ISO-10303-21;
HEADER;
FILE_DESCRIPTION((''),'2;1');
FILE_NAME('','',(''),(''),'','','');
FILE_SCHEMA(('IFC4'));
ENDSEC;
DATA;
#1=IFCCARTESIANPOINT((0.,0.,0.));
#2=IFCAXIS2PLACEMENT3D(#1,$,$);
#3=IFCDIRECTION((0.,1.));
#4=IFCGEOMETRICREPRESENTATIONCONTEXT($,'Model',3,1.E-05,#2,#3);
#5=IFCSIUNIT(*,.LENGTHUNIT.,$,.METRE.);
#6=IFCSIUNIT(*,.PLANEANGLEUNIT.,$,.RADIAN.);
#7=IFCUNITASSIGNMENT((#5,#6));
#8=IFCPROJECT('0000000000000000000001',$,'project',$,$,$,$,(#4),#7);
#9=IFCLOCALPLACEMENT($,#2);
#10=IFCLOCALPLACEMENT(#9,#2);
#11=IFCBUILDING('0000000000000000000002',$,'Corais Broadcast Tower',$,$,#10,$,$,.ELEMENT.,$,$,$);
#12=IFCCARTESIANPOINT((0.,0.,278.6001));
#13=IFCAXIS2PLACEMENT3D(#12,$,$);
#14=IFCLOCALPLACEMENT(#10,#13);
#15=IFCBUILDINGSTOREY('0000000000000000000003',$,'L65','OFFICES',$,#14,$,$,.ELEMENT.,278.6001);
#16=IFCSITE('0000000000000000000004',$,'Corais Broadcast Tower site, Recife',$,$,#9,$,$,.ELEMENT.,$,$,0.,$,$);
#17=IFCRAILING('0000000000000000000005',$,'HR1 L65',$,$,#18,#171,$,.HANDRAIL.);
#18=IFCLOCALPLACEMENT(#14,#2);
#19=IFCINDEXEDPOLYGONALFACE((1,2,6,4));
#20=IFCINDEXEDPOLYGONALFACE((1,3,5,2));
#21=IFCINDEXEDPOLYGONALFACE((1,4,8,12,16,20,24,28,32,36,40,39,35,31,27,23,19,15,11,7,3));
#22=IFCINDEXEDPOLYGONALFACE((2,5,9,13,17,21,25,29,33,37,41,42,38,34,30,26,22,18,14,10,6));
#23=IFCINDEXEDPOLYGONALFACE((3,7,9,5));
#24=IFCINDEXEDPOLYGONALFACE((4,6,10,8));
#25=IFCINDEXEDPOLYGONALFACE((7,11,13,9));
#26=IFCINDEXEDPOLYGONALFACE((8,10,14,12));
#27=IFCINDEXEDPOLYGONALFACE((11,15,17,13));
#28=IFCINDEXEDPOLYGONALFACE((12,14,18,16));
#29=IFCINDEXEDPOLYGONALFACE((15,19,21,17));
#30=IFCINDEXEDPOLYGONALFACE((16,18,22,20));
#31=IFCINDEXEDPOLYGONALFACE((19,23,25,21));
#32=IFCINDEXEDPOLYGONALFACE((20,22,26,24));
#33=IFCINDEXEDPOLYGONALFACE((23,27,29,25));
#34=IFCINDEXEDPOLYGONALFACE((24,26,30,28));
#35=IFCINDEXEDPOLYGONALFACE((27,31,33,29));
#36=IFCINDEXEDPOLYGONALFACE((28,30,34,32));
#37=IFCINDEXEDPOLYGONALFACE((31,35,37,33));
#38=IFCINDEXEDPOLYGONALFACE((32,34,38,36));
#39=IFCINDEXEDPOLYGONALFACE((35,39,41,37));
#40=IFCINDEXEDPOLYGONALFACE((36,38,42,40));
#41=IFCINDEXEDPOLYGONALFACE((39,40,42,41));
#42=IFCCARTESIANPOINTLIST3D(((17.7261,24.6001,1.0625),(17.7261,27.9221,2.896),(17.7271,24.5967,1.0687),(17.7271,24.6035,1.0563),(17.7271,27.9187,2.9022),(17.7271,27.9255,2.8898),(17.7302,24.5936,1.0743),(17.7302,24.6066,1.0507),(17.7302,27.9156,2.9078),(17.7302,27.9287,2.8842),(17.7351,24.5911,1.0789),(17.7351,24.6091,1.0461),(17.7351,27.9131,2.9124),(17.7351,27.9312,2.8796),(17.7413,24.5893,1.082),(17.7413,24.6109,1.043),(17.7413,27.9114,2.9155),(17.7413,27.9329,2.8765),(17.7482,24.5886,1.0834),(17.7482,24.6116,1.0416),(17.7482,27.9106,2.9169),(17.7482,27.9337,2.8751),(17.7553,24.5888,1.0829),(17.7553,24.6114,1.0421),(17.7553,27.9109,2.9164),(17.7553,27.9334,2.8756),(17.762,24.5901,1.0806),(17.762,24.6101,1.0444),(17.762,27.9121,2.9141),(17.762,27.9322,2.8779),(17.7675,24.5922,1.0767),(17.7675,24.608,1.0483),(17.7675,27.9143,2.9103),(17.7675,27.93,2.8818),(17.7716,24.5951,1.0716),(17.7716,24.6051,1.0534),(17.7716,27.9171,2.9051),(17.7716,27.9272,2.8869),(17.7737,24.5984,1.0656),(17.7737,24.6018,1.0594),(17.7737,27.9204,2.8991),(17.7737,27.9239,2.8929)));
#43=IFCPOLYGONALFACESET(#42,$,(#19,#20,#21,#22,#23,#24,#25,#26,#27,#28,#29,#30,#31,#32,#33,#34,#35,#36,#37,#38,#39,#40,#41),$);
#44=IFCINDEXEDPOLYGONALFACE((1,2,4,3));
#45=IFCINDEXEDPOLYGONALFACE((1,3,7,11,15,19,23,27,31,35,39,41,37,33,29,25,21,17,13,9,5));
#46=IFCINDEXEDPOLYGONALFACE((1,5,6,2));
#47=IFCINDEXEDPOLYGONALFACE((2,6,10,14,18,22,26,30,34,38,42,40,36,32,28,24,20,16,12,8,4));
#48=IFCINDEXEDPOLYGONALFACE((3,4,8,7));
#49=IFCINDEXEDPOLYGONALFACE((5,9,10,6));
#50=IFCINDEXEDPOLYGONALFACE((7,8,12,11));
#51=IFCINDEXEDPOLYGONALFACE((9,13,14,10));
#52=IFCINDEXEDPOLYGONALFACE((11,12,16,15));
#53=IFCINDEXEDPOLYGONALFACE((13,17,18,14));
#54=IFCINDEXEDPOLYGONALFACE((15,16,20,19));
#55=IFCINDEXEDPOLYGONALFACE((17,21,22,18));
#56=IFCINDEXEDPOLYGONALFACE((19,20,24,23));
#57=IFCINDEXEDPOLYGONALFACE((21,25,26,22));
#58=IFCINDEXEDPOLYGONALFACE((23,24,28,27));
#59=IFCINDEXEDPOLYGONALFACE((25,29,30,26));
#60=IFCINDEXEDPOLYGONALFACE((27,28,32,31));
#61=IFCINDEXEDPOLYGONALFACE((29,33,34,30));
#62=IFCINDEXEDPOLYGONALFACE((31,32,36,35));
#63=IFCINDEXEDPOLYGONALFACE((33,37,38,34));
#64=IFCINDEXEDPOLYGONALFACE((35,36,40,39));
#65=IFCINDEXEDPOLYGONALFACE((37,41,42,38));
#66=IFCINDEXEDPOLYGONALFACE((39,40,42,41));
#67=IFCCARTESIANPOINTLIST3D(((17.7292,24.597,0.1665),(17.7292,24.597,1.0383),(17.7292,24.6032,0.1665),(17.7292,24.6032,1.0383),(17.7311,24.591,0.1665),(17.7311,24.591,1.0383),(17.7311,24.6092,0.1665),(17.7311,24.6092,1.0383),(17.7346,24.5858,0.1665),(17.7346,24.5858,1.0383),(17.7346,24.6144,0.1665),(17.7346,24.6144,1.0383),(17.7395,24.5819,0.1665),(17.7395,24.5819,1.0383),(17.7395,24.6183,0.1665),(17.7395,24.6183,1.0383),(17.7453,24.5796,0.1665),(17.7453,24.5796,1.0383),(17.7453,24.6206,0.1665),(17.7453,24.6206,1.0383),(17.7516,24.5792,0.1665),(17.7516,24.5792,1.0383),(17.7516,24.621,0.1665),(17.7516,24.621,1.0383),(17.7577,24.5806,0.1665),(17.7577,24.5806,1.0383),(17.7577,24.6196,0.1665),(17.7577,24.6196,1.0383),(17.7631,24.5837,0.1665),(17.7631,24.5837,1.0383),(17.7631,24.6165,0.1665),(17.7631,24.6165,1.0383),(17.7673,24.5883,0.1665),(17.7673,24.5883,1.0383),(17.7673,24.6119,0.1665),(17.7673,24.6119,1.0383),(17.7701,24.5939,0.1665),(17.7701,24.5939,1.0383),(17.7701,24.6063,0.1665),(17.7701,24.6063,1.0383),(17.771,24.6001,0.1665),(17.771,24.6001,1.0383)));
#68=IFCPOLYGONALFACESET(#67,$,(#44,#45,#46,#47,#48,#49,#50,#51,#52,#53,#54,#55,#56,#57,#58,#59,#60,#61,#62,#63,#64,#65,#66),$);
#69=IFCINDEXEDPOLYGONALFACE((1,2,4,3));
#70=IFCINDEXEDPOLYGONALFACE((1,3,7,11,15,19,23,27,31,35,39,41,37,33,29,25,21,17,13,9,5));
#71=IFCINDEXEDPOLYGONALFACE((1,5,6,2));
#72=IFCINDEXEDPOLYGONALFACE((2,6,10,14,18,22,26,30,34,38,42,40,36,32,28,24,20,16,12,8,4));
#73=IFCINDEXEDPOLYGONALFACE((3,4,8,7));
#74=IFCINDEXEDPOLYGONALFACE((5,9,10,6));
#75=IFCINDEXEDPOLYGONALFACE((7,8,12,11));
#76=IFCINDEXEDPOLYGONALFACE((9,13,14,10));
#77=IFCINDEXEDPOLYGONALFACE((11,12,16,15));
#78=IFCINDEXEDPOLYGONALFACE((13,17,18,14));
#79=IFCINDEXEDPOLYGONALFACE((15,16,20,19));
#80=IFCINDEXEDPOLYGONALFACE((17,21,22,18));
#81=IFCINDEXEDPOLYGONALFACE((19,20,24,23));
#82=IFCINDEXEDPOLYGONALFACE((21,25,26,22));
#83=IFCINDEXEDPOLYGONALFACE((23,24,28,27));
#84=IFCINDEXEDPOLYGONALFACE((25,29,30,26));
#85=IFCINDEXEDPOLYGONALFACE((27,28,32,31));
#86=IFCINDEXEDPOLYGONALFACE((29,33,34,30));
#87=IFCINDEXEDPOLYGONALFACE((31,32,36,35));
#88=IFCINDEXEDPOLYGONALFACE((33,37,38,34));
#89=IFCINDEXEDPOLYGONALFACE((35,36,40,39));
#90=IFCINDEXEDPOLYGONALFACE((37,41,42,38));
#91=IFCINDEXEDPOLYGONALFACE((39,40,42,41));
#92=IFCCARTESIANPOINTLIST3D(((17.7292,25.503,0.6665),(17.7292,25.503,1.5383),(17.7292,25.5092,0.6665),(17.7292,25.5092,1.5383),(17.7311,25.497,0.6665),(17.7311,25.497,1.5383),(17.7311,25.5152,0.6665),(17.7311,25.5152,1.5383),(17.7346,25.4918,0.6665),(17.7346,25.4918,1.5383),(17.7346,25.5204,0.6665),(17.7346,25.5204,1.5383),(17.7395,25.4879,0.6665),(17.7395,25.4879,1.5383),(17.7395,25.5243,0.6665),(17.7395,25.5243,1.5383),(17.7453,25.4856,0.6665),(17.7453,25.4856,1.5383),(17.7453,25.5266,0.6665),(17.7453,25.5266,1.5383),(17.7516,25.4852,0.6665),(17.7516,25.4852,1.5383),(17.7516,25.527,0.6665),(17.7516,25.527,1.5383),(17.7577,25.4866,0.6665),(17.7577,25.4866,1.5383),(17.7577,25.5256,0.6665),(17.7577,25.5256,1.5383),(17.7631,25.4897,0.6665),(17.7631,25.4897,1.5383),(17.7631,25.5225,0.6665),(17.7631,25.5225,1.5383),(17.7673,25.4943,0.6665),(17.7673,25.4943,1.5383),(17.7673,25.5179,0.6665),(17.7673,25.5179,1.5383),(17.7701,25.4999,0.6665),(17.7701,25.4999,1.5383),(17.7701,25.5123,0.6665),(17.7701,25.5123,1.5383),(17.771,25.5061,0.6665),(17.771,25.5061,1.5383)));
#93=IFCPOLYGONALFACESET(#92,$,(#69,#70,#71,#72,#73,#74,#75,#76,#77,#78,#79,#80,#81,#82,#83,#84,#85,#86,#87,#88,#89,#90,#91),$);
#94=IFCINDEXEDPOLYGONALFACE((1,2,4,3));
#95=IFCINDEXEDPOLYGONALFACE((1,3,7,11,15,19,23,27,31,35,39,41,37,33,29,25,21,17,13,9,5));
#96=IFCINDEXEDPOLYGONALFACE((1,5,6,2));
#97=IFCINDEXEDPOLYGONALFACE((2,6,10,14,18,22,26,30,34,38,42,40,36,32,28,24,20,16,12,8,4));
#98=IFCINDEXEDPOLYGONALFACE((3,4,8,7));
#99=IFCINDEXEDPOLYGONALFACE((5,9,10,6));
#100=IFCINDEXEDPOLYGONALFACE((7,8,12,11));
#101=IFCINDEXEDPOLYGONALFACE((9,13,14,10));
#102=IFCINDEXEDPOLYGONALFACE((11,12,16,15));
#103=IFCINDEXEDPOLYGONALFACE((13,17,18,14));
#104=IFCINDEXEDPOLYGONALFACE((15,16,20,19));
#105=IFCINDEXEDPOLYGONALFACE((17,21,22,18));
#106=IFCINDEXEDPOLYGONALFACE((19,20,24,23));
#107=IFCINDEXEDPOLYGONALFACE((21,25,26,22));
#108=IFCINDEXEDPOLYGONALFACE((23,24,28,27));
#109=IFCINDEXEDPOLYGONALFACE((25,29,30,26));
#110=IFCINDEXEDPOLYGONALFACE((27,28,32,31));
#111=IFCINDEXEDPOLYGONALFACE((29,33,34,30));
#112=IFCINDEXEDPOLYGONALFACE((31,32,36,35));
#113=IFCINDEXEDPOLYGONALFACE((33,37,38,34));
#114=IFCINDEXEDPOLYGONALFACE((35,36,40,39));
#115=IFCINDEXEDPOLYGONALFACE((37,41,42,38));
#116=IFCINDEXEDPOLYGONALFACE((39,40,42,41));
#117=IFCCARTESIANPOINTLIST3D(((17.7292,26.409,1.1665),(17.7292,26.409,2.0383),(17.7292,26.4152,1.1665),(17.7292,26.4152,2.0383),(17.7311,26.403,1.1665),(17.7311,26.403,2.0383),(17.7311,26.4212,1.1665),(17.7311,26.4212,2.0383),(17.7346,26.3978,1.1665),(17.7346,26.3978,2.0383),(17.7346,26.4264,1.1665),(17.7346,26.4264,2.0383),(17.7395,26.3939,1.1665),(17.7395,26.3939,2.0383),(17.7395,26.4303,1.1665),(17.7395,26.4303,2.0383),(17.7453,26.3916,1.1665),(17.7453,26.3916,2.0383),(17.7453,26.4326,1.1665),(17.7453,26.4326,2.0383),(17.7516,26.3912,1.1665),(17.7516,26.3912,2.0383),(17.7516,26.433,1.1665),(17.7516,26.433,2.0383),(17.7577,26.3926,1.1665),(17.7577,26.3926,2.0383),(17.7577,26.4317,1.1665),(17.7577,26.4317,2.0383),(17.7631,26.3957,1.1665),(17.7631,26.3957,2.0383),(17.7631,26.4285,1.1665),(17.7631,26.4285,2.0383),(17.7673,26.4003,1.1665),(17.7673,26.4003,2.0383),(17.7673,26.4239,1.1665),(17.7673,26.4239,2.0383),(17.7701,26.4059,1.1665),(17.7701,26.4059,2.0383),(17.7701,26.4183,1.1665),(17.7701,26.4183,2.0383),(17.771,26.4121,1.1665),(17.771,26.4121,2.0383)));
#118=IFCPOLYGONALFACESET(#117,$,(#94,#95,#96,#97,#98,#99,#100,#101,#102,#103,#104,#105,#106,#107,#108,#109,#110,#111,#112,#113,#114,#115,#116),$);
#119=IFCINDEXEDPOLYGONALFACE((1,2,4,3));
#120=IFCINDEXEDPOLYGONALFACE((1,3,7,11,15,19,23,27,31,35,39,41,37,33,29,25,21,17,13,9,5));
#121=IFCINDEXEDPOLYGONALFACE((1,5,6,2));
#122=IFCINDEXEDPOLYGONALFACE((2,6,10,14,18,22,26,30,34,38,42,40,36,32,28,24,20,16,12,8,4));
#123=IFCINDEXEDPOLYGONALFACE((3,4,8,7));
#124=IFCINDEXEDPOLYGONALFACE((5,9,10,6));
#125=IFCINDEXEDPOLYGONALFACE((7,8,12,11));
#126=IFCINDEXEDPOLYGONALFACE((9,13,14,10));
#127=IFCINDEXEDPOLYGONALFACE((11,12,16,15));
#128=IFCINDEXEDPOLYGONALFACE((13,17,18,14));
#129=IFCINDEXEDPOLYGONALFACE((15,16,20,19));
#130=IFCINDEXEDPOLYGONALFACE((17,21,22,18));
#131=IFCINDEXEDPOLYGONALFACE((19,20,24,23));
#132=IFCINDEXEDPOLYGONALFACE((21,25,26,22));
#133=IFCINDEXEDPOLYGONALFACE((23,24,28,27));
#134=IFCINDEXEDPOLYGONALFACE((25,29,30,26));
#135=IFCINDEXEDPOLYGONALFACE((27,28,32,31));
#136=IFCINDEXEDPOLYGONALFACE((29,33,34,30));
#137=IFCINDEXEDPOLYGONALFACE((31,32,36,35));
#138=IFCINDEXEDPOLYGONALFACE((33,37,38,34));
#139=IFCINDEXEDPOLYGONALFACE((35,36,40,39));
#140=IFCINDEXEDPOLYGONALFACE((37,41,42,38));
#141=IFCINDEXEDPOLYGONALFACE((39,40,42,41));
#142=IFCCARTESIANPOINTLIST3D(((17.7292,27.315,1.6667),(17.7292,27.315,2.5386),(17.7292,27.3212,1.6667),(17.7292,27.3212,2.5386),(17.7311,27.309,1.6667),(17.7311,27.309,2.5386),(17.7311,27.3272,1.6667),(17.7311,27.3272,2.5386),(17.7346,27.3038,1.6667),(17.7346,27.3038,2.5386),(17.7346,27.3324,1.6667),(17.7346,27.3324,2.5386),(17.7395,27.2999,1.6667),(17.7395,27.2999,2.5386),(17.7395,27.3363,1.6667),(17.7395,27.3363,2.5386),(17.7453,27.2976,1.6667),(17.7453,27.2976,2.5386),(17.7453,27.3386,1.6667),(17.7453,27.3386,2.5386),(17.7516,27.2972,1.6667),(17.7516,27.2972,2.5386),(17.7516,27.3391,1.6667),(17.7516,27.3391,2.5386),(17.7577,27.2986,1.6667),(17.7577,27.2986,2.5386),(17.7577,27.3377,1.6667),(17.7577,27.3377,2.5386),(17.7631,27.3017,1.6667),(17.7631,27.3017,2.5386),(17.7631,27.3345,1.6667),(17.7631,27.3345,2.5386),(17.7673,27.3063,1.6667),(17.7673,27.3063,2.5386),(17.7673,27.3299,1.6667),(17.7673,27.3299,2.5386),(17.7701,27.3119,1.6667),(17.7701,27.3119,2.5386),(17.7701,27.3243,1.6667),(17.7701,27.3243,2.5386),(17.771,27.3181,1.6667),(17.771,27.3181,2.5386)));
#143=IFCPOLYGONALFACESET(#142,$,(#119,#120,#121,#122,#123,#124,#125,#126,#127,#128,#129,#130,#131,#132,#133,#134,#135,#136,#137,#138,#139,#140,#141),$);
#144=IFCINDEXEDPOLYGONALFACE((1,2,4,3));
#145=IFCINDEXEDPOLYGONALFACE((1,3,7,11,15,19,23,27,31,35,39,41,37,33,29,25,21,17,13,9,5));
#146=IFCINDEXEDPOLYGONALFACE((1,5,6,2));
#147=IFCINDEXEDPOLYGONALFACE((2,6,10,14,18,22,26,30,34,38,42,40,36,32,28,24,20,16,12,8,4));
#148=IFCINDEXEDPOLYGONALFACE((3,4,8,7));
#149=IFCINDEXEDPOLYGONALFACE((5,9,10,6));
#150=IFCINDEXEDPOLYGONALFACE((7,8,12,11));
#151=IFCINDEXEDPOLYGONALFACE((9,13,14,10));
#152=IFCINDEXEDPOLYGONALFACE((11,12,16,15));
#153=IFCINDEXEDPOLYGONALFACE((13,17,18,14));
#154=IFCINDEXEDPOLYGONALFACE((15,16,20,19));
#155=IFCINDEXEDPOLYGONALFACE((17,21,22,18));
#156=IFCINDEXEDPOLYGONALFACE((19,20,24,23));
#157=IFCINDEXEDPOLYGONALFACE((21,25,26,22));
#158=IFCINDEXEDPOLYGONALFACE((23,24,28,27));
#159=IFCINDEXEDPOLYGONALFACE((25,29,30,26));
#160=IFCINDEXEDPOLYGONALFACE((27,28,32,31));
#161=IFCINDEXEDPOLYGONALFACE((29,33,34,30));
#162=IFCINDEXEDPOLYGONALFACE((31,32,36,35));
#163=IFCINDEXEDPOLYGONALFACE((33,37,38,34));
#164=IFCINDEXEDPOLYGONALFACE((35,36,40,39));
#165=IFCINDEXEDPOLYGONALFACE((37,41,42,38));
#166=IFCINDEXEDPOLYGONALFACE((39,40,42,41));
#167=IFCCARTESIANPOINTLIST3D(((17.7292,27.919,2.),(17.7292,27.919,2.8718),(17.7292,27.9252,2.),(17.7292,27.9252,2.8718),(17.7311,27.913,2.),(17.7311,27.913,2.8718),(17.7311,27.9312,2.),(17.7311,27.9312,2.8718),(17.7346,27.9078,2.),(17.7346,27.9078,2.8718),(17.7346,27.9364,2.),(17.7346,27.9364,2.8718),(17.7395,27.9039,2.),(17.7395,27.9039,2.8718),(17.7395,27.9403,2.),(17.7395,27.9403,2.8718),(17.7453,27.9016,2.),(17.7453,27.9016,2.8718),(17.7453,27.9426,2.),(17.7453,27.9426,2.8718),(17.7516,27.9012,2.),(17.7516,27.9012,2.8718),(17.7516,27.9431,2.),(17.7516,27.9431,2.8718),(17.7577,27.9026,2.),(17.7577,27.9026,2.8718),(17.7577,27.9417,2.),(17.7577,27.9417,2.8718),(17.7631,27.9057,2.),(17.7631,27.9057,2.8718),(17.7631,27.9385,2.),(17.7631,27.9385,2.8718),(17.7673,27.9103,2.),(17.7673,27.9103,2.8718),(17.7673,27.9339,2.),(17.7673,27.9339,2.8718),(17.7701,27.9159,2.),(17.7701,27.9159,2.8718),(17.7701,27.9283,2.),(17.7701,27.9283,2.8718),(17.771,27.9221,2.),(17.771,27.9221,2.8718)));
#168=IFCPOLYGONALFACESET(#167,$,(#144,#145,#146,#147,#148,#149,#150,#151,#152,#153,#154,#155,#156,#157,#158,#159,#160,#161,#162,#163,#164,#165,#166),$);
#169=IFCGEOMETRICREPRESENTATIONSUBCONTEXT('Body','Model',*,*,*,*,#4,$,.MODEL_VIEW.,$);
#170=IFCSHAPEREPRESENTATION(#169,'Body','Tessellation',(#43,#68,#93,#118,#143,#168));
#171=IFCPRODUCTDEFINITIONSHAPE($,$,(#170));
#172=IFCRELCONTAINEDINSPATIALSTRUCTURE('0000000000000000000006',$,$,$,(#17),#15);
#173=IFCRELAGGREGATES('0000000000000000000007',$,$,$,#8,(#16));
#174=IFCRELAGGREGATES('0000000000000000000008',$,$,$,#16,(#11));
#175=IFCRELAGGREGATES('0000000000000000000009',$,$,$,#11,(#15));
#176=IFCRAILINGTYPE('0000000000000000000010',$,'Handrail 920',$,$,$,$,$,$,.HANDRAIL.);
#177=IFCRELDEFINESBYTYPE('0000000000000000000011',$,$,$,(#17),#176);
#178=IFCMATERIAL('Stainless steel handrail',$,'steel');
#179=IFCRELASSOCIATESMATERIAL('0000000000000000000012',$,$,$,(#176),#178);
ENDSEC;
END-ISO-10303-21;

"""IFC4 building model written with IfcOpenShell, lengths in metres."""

from ifc_helpers import new_model, si_unit, direction, frame, origin, origin_2d, place, context, subcontext, project, spatial, circle, extrude, material, type_object, element, save


model = new_model("IFC4")

# Units and contexts
model_context = context("Model", 3, precision=1e-05, world=origin(), true_north=direction((0.0, 1.0)))
body_context = subcontext(model_context, "Body", "Model", "MODEL_VIEW")
ifc_project = project(units=[si_unit("LENGTHUNIT", "METRE"), si_unit("PLANEANGLEUNIT", "RADIAN")], contexts=[model_context])

# Site, building, storey
site_placement = place(None, origin())
site = spatial("IfcSite", under=ifc_project, at=site_placement, Name="Corais Broadcast Tower site, Recife", CompositionType="ELEMENT", RefElevation=0.0)
building_placement = place(site_placement, origin())
building = spatial("IfcBuilding", under=site, at=building_placement, Name="Corais Broadcast Tower", CompositionType="ELEMENT")
storey_placement = place(building_placement, frame((0.0, 0.0, 278.6001)))
storey = spatial("IfcBuildingStorey", under=building, at=storey_placement, Name="L65", Description="OFFICES", CompositionType="ELEMENT", Elevation=278.6001)

# Railing
ifc_material_1 = material(Name="Stainless steel handrail", Category="steel")
railing_type = type_object("IfcRailingType", Name="Handrail 920", PredefinedType="HANDRAIL", material=ifc_material_1)
railing_1_placement = place(storey_placement, frame((17.75, 24.6001, 0.1665)))
element("IfcRailing", 1, at=railing_1_placement, inside=storey, type_object=railing_type, Name="HR1 L65", PredefinedType="HANDRAIL", context=body_context, shape_type="SweptSolid", body=[
    extrude(circle(Radius=0.0239, at=origin_2d()), frame((0.0, 0.0, 0.896), z_axis=(0.0, 0.875504, 0.48321), x_axis=(-1.0, 0.0, 0.0)), (0.0, 0.0, 1.0), 3.7944),
    extrude(circle(Radius=0.021, at=origin_2d()), origin(), (0.0, 0.0, 1.0), 0.8718),
    extrude(circle(Radius=0.021, at=origin_2d()), frame((0.0, 0.906, 0.5)), (0.0, 0.0, 1.0), 0.8718),
    extrude(circle(Radius=0.021, at=origin_2d()), frame((0.0, 1.812, 1.0)), (0.0, 0.0, 1.0), 0.8718),
    extrude(circle(Radius=0.021, at=origin_2d()), frame((0.0, 2.718, 1.5002)), (0.0, 0.0, 1.0), 0.8718),
    extrude(circle(Radius=0.021, at=origin_2d()), frame((0.0, 3.322, 1.8335)), (0.0, 0.0, 1.0), 0.8718),
])

save(model, "model.ifc")
